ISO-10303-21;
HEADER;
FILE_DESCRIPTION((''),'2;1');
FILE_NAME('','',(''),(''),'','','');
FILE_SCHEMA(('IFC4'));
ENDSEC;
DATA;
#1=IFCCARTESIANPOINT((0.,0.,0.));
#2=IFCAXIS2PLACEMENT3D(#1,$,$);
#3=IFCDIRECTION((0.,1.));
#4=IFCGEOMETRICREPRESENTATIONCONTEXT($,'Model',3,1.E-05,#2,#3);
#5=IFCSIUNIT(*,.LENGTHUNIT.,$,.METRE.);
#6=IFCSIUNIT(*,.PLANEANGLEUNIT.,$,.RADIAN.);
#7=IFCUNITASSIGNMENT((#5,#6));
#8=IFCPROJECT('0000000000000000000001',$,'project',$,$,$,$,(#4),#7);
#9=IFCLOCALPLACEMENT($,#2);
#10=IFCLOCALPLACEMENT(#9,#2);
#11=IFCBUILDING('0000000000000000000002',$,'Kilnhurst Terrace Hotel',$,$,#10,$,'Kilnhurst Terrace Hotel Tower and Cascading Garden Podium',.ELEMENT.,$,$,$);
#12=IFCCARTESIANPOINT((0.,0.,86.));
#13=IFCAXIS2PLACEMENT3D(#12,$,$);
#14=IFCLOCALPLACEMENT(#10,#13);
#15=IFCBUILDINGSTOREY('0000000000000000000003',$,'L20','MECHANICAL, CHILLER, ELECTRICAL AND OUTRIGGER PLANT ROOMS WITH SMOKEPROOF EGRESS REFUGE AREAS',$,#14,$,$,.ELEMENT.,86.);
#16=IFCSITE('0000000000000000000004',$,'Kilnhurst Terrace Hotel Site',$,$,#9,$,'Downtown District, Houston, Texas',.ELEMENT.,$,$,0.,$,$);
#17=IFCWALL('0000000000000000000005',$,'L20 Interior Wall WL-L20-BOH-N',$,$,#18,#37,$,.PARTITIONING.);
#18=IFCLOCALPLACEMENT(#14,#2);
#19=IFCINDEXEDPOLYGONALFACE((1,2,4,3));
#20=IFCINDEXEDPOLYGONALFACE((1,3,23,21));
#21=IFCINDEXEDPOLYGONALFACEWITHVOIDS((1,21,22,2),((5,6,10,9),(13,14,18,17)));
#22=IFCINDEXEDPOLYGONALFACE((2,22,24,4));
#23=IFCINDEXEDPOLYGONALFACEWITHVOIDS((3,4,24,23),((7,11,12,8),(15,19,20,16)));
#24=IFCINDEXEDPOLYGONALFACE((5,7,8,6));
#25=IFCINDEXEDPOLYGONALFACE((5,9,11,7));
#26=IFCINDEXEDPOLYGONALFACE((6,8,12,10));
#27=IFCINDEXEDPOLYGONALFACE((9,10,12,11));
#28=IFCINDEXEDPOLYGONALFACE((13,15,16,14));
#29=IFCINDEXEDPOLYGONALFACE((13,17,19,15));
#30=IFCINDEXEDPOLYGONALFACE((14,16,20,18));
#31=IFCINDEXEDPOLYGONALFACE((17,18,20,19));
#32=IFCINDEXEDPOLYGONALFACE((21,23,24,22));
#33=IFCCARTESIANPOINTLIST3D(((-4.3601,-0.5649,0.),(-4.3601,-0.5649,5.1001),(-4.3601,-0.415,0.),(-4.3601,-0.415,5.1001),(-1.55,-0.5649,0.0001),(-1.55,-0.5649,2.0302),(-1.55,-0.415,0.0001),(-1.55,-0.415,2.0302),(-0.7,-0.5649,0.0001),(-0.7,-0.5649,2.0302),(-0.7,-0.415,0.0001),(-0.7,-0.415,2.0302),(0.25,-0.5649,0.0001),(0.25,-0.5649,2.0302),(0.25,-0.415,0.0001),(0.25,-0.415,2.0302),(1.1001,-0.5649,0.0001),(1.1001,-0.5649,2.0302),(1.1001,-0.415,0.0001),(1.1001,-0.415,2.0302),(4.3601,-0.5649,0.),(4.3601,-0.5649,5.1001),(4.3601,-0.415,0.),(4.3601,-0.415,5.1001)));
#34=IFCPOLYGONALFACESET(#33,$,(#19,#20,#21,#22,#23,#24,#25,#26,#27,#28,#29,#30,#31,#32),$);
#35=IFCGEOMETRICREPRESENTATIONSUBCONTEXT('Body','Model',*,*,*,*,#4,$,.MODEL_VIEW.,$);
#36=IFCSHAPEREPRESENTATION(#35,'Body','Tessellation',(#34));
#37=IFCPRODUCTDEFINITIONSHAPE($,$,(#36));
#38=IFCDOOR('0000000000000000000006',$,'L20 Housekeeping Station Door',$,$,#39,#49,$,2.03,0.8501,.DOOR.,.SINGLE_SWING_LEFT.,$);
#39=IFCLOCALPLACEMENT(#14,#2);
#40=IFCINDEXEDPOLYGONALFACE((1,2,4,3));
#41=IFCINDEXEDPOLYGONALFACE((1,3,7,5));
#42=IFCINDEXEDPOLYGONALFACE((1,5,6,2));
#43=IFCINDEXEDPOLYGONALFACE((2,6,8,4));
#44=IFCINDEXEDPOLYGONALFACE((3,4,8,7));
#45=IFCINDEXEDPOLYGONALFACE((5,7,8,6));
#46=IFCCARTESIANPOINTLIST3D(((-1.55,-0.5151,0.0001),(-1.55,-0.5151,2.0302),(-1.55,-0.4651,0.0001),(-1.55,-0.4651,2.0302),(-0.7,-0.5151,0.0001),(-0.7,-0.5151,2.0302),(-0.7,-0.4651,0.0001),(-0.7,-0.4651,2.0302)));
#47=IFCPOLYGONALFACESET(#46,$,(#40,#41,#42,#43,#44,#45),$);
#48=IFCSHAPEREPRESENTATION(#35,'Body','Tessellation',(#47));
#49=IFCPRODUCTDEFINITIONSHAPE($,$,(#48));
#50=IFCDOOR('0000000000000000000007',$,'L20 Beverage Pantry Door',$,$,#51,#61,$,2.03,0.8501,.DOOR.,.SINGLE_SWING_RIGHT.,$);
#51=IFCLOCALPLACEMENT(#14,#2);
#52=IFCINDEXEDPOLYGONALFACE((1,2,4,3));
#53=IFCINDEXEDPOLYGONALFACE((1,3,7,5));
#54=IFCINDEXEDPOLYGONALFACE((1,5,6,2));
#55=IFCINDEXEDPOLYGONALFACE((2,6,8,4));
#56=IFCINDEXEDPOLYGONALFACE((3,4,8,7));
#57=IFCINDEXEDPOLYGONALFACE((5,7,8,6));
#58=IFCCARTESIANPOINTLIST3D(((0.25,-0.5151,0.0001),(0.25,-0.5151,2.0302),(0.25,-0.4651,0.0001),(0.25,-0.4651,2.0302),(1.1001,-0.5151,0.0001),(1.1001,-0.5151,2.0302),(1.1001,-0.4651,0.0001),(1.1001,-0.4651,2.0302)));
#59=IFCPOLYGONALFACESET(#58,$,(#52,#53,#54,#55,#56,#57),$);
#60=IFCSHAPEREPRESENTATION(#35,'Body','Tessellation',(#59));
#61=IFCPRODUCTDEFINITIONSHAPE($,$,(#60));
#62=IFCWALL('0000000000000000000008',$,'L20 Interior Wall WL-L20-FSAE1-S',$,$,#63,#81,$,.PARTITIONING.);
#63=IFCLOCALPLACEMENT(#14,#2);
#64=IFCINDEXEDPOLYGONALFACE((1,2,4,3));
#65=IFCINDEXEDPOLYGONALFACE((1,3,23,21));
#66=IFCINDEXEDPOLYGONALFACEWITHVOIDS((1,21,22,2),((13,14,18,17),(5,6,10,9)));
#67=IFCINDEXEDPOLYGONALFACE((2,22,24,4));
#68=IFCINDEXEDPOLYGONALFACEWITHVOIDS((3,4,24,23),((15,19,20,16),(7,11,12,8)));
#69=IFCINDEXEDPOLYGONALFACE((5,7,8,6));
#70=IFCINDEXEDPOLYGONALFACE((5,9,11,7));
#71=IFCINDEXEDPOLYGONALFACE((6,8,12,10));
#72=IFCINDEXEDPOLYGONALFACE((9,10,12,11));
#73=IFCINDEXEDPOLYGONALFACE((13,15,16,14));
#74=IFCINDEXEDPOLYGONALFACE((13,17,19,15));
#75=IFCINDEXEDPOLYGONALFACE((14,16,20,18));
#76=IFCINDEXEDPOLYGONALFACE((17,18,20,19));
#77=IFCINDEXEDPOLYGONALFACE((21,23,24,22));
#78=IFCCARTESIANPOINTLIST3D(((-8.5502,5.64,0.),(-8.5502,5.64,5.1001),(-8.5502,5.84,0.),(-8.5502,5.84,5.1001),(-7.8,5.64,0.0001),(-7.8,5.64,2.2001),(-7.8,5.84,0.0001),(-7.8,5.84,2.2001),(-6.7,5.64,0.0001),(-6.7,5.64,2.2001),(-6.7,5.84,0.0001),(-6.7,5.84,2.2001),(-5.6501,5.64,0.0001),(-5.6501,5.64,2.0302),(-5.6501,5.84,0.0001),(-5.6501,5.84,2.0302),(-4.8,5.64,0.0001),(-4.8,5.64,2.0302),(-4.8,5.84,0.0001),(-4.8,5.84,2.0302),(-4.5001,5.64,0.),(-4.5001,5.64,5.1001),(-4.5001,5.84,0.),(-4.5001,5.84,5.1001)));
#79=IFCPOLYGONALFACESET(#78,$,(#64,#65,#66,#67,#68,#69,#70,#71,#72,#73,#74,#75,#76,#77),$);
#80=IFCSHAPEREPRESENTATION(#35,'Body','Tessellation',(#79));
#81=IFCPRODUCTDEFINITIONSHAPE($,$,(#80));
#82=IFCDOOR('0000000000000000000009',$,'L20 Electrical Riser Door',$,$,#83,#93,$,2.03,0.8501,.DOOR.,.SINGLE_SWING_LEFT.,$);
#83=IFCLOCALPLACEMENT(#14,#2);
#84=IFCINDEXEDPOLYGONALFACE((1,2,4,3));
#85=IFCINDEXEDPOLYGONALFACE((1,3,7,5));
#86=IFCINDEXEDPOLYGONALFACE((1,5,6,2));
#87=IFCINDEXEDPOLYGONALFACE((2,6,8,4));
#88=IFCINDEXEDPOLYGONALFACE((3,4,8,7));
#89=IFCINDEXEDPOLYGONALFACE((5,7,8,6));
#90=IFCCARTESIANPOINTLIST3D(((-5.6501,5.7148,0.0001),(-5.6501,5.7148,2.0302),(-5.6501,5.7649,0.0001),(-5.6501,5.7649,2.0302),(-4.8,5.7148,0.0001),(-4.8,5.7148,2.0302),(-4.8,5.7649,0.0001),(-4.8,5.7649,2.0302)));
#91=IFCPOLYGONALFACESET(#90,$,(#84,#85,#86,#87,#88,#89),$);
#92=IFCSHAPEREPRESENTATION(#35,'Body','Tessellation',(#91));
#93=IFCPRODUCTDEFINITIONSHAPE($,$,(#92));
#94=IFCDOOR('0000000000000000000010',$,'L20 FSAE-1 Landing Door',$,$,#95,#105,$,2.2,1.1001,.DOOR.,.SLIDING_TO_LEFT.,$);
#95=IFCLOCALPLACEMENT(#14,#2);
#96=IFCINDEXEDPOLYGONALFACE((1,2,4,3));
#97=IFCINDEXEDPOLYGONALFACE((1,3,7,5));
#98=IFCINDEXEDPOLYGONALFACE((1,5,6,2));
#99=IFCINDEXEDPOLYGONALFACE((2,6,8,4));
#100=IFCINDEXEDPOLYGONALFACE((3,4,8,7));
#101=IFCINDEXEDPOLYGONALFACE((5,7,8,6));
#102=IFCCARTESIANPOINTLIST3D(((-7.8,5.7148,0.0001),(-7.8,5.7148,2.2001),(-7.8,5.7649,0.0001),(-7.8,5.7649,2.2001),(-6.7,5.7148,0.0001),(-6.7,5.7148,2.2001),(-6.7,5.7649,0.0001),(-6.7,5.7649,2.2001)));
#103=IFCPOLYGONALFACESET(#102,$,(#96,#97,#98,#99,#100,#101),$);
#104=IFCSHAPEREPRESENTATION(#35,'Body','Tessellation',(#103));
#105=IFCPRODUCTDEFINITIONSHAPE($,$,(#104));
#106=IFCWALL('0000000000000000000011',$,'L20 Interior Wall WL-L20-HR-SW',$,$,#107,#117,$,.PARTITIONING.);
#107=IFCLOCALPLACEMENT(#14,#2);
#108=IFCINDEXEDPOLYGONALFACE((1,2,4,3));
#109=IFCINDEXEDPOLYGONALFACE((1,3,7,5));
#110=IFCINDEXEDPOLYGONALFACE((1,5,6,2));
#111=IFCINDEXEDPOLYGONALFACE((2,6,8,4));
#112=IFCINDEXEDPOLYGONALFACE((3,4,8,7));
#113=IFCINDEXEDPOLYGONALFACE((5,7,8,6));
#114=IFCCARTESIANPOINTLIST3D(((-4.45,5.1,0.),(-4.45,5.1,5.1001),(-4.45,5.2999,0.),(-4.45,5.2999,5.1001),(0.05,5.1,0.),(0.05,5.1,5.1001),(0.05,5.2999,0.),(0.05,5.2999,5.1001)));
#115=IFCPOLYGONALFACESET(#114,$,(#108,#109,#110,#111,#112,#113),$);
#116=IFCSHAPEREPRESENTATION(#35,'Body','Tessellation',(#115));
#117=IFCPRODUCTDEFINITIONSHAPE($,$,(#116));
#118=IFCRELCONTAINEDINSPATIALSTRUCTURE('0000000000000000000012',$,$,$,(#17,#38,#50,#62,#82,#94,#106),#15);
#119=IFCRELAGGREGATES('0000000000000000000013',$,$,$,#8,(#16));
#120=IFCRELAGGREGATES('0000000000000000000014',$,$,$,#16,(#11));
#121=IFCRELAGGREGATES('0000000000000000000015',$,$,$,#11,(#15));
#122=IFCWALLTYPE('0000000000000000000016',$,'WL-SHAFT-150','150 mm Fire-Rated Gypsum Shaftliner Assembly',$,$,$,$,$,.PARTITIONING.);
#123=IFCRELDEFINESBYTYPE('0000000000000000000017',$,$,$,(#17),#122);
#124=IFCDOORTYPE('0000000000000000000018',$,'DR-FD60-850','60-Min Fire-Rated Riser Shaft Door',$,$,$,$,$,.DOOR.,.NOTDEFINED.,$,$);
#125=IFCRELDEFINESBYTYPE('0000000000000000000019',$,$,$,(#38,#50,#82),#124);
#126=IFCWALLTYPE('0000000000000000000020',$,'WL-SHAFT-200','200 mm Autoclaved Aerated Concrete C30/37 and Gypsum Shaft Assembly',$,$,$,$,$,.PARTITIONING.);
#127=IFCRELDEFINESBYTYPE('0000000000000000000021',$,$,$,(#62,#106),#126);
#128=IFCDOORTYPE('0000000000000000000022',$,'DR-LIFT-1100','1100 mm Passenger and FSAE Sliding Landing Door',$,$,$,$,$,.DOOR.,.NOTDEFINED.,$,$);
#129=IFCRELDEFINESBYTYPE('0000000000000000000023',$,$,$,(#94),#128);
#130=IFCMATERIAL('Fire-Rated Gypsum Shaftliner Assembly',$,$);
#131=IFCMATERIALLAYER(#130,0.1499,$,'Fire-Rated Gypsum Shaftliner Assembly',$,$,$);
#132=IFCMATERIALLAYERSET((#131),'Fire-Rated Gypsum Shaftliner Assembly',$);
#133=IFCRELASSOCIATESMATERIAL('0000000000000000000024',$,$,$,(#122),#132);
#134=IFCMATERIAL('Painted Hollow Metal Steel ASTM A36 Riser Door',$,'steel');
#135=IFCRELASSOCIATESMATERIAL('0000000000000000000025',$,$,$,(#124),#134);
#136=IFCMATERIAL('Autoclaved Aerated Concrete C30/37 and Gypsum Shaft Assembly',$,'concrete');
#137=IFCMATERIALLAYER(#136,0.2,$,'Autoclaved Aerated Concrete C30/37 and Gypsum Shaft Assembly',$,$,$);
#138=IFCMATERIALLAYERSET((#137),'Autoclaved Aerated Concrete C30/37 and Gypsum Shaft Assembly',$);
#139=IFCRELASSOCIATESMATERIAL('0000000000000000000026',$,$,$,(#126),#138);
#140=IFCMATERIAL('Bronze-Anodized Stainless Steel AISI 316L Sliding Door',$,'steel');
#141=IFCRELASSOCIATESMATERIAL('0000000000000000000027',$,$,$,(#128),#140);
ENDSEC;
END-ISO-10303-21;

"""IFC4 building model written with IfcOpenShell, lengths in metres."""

from ifc_helpers import new_model, si_unit, direction, frame, frame_2d, origin, place, context, subcontext, project, spatial, rectangle, extrude, material, layer, layer_set, type_object, element, fill, save


model = new_model("IFC4")

# Units and contexts
model_context = context("Model", 3, precision=1e-05, world=origin(), true_north=direction((0.0, 1.0)))
body_context = subcontext(model_context, "Body", "Model", "MODEL_VIEW")
ifc_project = project(units=[si_unit("LENGTHUNIT", "METRE"), si_unit("PLANEANGLEUNIT", "RADIAN")], contexts=[model_context])

# Site, building, storey
site_placement = place(None, origin())
site = spatial("IfcSite", under=ifc_project, at=site_placement, Name="Kilnhurst Terrace Hotel Site", LongName="Downtown District, Houston, Texas", CompositionType="ELEMENT", RefElevation=0.0)
building_placement = place(site_placement, origin())
building = spatial("IfcBuilding", under=site, at=building_placement, Name="Kilnhurst Terrace Hotel", LongName="Kilnhurst Terrace Hotel Tower and Cascading Garden Podium", CompositionType="ELEMENT")
storey_placement = place(building_placement, frame((0.0, 0.0, 86.0)))
storey = spatial("IfcBuildingStorey", under=building, at=storey_placement, Name="L20", Description="MECHANICAL, CHILLER, ELECTRICAL AND OUTRIGGER PLANT ROOMS WITH SMOKEPROOF EGRESS REFUGE AREAS", CompositionType="ELEMENT", Elevation=86.0)

# Shared definitions
ifc_material_1 = material(Name="Fire-Rated Gypsum Shaftliner Assembly")
ifc_layer_1 = layer(ifc_material_1, 0.1499, Name="Fire-Rated Gypsum Shaftliner Assembly")
ifc_layer_set_1 = layer_set([ifc_layer_1], Name="Fire-Rated Gypsum Shaftliner Assembly")
wall_type_1 = type_object("IfcWallType", Name="WL-SHAFT-150", Description="150 mm Fire-Rated Gypsum Shaftliner Assembly", PredefinedType="PARTITIONING", material=ifc_layer_set_1)

# Walls, openings, doors
wall_1_placement = place(storey_placement, frame((-4.3601, -0.49, 0.0), z_axis=(0.0, 0.0, 1.0), x_axis=(1.0, 0.0, 0.0)))
wall_1 = element("IfcWall", 1, at=wall_1_placement, inside=storey, type_object=wall_type_1, Name="L20 Interior Wall WL-L20-BOH-N", PredefinedType="PARTITIONING", context=body_context, shape_type="SweptSolid", body=[
    extrude(rectangle(XDim=8.7202, YDim=0.1499, at=frame_2d((4.3601, 0.0))), origin(), (0.0, 0.0, 1.0), 5.1001),
])
opening_1_placement = place(wall_1_placement, frame((2.8101, 0.0, 0.0)))
opening_1 = element("IfcOpeningElement", 2, at=opening_1_placement, cuts=wall_1, PredefinedType="OPENING", context=body_context, shape_type="SweptSolid", body=[
    extrude(rectangle(XDim=0.8501, YDim=2.03, at=frame_2d((0.425, 1.0151))), frame((0.0, 0.085, 0.0), z_axis=(0.0, -1.0, 0.0), x_axis=(1.0, 0.0, 0.0)), (0.0, 0.0, 1.0), 0.1699),
])
opening_2_placement = place(wall_1_placement, frame((4.6101, 0.0, 0.0)))
opening_2 = element("IfcOpeningElement", 3, at=opening_2_placement, cuts=wall_1, PredefinedType="OPENING", context=body_context, shape_type="SweptSolid", body=[
    extrude(rectangle(XDim=0.8501, YDim=2.03, at=frame_2d((0.425, 1.0151))), frame((0.0, 0.085, 0.0), z_axis=(0.0, -1.0, 0.0), x_axis=(1.0, 0.0, 0.0)), (0.0, 0.0, 1.0), 0.1699),
])
ifc_material_2 = material(Name="Painted Hollow Metal Steel ASTM A36 Riser Door", Category="steel")
door_type_1 = type_object("IfcDoorType", Name="DR-FD60-850", Description="60-Min Fire-Rated Riser Shaft Door", OperationType="NOTDEFINED", PredefinedType="DOOR", material=ifc_material_2)
door_1_placement = place(opening_1_placement, origin())
door_1 = element("IfcDoor", 4, at=door_1_placement, inside=storey, type_object=door_type_1, Name="L20 Housekeeping Station Door", OperationType="SINGLE_SWING_LEFT", OverallHeight=2.03, OverallWidth=0.8501, PredefinedType="DOOR", context=body_context, shape_type="SweptSolid", body=[
    extrude(rectangle(XDim=0.8501, YDim=2.03, at=frame_2d((0.425, 1.0151))), frame((0.0, 0.0249, 0.0), z_axis=(0.0, -1.0, 0.0), x_axis=(1.0, 0.0, 0.0)), (0.0, 0.0, 1.0), 0.05),
])
fill(opening_1, door_1)
door_2_placement = place(opening_2_placement, origin())
door_2 = element("IfcDoor", 5, at=door_2_placement, inside=storey, type_object=door_type_1, Name="L20 Beverage Pantry Door", OperationType="SINGLE_SWING_RIGHT", OverallHeight=2.03, OverallWidth=0.8501, PredefinedType="DOOR", context=body_context, shape_type="SweptSolid", body=[
    extrude(rectangle(XDim=0.8501, YDim=2.03, at=frame_2d((0.425, 1.0151))), frame((0.0, 0.0249, 0.0), z_axis=(0.0, -1.0, 0.0), x_axis=(1.0, 0.0, 0.0)), (0.0, 0.0, 1.0), 0.05),
])
fill(opening_2, door_2)
ifc_material_3 = material(Name="Autoclaved Aerated Concrete C30/37 and Gypsum Shaft Assembly", Category="concrete")
ifc_layer_2 = layer(ifc_material_3, 0.2, Name="Autoclaved Aerated Concrete C30/37 and Gypsum Shaft Assembly")
ifc_layer_set_2 = layer_set([ifc_layer_2], Name="Autoclaved Aerated Concrete C30/37 and Gypsum Shaft Assembly")
wall_type_2 = type_object("IfcWallType", Name="WL-SHAFT-200", Description="200 mm Autoclaved Aerated Concrete C30/37 and Gypsum Shaft Assembly", PredefinedType="PARTITIONING", material=ifc_layer_set_2)
wall_2_placement = place(storey_placement, frame((-8.55, 5.74, 0.0), z_axis=(0.0, 0.0, 1.0), x_axis=(1.0, 0.0, 0.0)))
wall_2 = element("IfcWall", 6, at=wall_2_placement, inside=storey, type_object=wall_type_2, Name="L20 Interior Wall WL-L20-FSAE1-S", PredefinedType="PARTITIONING", context=body_context, shape_type="SweptSolid", body=[
    extrude(rectangle(XDim=4.05, YDim=0.2, at=frame_2d((2.0249, 0.0))), origin(), (0.0, 0.0, 1.0), 5.1001),
])
opening_3_placement = place(wall_2_placement, frame((0.75, 0.0, 0.0)))
opening_3 = element("IfcOpeningElement", 7, at=opening_3_placement, cuts=wall_2, PredefinedType="OPENING", context=body_context, shape_type="SweptSolid", body=[
    extrude(rectangle(XDim=1.1001, YDim=2.2, at=frame_2d((0.55, 1.1001))), frame((0.0, 0.1099, 0.0), z_axis=(0.0, -1.0, 0.0), x_axis=(1.0, 0.0, 0.0)), (0.0, 0.0, 1.0), 0.22),
])
opening_4_placement = place(wall_2_placement, frame((2.8999, 0.0, 0.0)))
opening_4 = element("IfcOpeningElement", 8, at=opening_4_placement, cuts=wall_2, PredefinedType="OPENING", context=body_context, shape_type="SweptSolid", body=[
    extrude(rectangle(XDim=0.8501, YDim=2.03, at=frame_2d((0.425, 1.0151))), frame((0.0, 0.1099, 0.0), z_axis=(0.0, -1.0, 0.0), x_axis=(1.0, 0.0, 0.0)), (0.0, 0.0, 1.0), 0.22),
])
door_3_placement = place(opening_4_placement, origin())
door_3 = element("IfcDoor", 9, at=door_3_placement, inside=storey, type_object=door_type_1, Name="L20 Electrical Riser Door", OperationType="SINGLE_SWING_LEFT", OverallHeight=2.03, OverallWidth=0.8501, PredefinedType="DOOR", context=body_context, shape_type="SweptSolid", body=[
    extrude(rectangle(XDim=0.8501, YDim=2.03, at=frame_2d((0.425, 1.0151))), frame((0.0, 0.0249, 0.0), z_axis=(0.0, -1.0, 0.0), x_axis=(1.0, 0.0, 0.0)), (0.0, 0.0, 1.0), 0.05),
])
fill(opening_4, door_3)
ifc_material_4 = material(Name="Bronze-Anodized Stainless Steel AISI 316L Sliding Door", Category="steel")
door_type_2 = type_object("IfcDoorType", Name="DR-LIFT-1100", Description="1100 mm Passenger and FSAE Sliding Landing Door", OperationType="NOTDEFINED", PredefinedType="DOOR", material=ifc_material_4)
door_4_placement = place(opening_3_placement, origin())
door_4 = element("IfcDoor", 10, at=door_4_placement, inside=storey, type_object=door_type_2, Name="L20 FSAE-1 Landing Door", OperationType="SLIDING_TO_LEFT", OverallHeight=2.2, OverallWidth=1.1001, PredefinedType="DOOR", context=body_context, shape_type="SweptSolid", body=[
    extrude(rectangle(XDim=1.1001, YDim=2.2, at=frame_2d((0.55, 1.1001))), frame((0.0, 0.0249, 0.0), z_axis=(0.0, -1.0, 0.0), x_axis=(1.0, 0.0, 0.0)), (0.0, 0.0, 1.0), 0.05),
])
fill(opening_3, door_4)

# Wall
wall_3_placement = place(storey_placement, frame((-4.45, 5.2, 0.0), z_axis=(0.0, 0.0, 1.0), x_axis=(1.0, 0.0, 0.0)))
element("IfcWall", 11, at=wall_3_placement, inside=storey, type_object=wall_type_2, Name="L20 Interior Wall WL-L20-HR-SW", PredefinedType="PARTITIONING", context=body_context, shape_type="SweptSolid", body=[
    extrude(rectangle(XDim=4.5, YDim=0.2, at=frame_2d((2.25, 0.0))), origin(), (0.0, 0.0, 1.0), 5.1001),
])

save(model, "model.ifc")
